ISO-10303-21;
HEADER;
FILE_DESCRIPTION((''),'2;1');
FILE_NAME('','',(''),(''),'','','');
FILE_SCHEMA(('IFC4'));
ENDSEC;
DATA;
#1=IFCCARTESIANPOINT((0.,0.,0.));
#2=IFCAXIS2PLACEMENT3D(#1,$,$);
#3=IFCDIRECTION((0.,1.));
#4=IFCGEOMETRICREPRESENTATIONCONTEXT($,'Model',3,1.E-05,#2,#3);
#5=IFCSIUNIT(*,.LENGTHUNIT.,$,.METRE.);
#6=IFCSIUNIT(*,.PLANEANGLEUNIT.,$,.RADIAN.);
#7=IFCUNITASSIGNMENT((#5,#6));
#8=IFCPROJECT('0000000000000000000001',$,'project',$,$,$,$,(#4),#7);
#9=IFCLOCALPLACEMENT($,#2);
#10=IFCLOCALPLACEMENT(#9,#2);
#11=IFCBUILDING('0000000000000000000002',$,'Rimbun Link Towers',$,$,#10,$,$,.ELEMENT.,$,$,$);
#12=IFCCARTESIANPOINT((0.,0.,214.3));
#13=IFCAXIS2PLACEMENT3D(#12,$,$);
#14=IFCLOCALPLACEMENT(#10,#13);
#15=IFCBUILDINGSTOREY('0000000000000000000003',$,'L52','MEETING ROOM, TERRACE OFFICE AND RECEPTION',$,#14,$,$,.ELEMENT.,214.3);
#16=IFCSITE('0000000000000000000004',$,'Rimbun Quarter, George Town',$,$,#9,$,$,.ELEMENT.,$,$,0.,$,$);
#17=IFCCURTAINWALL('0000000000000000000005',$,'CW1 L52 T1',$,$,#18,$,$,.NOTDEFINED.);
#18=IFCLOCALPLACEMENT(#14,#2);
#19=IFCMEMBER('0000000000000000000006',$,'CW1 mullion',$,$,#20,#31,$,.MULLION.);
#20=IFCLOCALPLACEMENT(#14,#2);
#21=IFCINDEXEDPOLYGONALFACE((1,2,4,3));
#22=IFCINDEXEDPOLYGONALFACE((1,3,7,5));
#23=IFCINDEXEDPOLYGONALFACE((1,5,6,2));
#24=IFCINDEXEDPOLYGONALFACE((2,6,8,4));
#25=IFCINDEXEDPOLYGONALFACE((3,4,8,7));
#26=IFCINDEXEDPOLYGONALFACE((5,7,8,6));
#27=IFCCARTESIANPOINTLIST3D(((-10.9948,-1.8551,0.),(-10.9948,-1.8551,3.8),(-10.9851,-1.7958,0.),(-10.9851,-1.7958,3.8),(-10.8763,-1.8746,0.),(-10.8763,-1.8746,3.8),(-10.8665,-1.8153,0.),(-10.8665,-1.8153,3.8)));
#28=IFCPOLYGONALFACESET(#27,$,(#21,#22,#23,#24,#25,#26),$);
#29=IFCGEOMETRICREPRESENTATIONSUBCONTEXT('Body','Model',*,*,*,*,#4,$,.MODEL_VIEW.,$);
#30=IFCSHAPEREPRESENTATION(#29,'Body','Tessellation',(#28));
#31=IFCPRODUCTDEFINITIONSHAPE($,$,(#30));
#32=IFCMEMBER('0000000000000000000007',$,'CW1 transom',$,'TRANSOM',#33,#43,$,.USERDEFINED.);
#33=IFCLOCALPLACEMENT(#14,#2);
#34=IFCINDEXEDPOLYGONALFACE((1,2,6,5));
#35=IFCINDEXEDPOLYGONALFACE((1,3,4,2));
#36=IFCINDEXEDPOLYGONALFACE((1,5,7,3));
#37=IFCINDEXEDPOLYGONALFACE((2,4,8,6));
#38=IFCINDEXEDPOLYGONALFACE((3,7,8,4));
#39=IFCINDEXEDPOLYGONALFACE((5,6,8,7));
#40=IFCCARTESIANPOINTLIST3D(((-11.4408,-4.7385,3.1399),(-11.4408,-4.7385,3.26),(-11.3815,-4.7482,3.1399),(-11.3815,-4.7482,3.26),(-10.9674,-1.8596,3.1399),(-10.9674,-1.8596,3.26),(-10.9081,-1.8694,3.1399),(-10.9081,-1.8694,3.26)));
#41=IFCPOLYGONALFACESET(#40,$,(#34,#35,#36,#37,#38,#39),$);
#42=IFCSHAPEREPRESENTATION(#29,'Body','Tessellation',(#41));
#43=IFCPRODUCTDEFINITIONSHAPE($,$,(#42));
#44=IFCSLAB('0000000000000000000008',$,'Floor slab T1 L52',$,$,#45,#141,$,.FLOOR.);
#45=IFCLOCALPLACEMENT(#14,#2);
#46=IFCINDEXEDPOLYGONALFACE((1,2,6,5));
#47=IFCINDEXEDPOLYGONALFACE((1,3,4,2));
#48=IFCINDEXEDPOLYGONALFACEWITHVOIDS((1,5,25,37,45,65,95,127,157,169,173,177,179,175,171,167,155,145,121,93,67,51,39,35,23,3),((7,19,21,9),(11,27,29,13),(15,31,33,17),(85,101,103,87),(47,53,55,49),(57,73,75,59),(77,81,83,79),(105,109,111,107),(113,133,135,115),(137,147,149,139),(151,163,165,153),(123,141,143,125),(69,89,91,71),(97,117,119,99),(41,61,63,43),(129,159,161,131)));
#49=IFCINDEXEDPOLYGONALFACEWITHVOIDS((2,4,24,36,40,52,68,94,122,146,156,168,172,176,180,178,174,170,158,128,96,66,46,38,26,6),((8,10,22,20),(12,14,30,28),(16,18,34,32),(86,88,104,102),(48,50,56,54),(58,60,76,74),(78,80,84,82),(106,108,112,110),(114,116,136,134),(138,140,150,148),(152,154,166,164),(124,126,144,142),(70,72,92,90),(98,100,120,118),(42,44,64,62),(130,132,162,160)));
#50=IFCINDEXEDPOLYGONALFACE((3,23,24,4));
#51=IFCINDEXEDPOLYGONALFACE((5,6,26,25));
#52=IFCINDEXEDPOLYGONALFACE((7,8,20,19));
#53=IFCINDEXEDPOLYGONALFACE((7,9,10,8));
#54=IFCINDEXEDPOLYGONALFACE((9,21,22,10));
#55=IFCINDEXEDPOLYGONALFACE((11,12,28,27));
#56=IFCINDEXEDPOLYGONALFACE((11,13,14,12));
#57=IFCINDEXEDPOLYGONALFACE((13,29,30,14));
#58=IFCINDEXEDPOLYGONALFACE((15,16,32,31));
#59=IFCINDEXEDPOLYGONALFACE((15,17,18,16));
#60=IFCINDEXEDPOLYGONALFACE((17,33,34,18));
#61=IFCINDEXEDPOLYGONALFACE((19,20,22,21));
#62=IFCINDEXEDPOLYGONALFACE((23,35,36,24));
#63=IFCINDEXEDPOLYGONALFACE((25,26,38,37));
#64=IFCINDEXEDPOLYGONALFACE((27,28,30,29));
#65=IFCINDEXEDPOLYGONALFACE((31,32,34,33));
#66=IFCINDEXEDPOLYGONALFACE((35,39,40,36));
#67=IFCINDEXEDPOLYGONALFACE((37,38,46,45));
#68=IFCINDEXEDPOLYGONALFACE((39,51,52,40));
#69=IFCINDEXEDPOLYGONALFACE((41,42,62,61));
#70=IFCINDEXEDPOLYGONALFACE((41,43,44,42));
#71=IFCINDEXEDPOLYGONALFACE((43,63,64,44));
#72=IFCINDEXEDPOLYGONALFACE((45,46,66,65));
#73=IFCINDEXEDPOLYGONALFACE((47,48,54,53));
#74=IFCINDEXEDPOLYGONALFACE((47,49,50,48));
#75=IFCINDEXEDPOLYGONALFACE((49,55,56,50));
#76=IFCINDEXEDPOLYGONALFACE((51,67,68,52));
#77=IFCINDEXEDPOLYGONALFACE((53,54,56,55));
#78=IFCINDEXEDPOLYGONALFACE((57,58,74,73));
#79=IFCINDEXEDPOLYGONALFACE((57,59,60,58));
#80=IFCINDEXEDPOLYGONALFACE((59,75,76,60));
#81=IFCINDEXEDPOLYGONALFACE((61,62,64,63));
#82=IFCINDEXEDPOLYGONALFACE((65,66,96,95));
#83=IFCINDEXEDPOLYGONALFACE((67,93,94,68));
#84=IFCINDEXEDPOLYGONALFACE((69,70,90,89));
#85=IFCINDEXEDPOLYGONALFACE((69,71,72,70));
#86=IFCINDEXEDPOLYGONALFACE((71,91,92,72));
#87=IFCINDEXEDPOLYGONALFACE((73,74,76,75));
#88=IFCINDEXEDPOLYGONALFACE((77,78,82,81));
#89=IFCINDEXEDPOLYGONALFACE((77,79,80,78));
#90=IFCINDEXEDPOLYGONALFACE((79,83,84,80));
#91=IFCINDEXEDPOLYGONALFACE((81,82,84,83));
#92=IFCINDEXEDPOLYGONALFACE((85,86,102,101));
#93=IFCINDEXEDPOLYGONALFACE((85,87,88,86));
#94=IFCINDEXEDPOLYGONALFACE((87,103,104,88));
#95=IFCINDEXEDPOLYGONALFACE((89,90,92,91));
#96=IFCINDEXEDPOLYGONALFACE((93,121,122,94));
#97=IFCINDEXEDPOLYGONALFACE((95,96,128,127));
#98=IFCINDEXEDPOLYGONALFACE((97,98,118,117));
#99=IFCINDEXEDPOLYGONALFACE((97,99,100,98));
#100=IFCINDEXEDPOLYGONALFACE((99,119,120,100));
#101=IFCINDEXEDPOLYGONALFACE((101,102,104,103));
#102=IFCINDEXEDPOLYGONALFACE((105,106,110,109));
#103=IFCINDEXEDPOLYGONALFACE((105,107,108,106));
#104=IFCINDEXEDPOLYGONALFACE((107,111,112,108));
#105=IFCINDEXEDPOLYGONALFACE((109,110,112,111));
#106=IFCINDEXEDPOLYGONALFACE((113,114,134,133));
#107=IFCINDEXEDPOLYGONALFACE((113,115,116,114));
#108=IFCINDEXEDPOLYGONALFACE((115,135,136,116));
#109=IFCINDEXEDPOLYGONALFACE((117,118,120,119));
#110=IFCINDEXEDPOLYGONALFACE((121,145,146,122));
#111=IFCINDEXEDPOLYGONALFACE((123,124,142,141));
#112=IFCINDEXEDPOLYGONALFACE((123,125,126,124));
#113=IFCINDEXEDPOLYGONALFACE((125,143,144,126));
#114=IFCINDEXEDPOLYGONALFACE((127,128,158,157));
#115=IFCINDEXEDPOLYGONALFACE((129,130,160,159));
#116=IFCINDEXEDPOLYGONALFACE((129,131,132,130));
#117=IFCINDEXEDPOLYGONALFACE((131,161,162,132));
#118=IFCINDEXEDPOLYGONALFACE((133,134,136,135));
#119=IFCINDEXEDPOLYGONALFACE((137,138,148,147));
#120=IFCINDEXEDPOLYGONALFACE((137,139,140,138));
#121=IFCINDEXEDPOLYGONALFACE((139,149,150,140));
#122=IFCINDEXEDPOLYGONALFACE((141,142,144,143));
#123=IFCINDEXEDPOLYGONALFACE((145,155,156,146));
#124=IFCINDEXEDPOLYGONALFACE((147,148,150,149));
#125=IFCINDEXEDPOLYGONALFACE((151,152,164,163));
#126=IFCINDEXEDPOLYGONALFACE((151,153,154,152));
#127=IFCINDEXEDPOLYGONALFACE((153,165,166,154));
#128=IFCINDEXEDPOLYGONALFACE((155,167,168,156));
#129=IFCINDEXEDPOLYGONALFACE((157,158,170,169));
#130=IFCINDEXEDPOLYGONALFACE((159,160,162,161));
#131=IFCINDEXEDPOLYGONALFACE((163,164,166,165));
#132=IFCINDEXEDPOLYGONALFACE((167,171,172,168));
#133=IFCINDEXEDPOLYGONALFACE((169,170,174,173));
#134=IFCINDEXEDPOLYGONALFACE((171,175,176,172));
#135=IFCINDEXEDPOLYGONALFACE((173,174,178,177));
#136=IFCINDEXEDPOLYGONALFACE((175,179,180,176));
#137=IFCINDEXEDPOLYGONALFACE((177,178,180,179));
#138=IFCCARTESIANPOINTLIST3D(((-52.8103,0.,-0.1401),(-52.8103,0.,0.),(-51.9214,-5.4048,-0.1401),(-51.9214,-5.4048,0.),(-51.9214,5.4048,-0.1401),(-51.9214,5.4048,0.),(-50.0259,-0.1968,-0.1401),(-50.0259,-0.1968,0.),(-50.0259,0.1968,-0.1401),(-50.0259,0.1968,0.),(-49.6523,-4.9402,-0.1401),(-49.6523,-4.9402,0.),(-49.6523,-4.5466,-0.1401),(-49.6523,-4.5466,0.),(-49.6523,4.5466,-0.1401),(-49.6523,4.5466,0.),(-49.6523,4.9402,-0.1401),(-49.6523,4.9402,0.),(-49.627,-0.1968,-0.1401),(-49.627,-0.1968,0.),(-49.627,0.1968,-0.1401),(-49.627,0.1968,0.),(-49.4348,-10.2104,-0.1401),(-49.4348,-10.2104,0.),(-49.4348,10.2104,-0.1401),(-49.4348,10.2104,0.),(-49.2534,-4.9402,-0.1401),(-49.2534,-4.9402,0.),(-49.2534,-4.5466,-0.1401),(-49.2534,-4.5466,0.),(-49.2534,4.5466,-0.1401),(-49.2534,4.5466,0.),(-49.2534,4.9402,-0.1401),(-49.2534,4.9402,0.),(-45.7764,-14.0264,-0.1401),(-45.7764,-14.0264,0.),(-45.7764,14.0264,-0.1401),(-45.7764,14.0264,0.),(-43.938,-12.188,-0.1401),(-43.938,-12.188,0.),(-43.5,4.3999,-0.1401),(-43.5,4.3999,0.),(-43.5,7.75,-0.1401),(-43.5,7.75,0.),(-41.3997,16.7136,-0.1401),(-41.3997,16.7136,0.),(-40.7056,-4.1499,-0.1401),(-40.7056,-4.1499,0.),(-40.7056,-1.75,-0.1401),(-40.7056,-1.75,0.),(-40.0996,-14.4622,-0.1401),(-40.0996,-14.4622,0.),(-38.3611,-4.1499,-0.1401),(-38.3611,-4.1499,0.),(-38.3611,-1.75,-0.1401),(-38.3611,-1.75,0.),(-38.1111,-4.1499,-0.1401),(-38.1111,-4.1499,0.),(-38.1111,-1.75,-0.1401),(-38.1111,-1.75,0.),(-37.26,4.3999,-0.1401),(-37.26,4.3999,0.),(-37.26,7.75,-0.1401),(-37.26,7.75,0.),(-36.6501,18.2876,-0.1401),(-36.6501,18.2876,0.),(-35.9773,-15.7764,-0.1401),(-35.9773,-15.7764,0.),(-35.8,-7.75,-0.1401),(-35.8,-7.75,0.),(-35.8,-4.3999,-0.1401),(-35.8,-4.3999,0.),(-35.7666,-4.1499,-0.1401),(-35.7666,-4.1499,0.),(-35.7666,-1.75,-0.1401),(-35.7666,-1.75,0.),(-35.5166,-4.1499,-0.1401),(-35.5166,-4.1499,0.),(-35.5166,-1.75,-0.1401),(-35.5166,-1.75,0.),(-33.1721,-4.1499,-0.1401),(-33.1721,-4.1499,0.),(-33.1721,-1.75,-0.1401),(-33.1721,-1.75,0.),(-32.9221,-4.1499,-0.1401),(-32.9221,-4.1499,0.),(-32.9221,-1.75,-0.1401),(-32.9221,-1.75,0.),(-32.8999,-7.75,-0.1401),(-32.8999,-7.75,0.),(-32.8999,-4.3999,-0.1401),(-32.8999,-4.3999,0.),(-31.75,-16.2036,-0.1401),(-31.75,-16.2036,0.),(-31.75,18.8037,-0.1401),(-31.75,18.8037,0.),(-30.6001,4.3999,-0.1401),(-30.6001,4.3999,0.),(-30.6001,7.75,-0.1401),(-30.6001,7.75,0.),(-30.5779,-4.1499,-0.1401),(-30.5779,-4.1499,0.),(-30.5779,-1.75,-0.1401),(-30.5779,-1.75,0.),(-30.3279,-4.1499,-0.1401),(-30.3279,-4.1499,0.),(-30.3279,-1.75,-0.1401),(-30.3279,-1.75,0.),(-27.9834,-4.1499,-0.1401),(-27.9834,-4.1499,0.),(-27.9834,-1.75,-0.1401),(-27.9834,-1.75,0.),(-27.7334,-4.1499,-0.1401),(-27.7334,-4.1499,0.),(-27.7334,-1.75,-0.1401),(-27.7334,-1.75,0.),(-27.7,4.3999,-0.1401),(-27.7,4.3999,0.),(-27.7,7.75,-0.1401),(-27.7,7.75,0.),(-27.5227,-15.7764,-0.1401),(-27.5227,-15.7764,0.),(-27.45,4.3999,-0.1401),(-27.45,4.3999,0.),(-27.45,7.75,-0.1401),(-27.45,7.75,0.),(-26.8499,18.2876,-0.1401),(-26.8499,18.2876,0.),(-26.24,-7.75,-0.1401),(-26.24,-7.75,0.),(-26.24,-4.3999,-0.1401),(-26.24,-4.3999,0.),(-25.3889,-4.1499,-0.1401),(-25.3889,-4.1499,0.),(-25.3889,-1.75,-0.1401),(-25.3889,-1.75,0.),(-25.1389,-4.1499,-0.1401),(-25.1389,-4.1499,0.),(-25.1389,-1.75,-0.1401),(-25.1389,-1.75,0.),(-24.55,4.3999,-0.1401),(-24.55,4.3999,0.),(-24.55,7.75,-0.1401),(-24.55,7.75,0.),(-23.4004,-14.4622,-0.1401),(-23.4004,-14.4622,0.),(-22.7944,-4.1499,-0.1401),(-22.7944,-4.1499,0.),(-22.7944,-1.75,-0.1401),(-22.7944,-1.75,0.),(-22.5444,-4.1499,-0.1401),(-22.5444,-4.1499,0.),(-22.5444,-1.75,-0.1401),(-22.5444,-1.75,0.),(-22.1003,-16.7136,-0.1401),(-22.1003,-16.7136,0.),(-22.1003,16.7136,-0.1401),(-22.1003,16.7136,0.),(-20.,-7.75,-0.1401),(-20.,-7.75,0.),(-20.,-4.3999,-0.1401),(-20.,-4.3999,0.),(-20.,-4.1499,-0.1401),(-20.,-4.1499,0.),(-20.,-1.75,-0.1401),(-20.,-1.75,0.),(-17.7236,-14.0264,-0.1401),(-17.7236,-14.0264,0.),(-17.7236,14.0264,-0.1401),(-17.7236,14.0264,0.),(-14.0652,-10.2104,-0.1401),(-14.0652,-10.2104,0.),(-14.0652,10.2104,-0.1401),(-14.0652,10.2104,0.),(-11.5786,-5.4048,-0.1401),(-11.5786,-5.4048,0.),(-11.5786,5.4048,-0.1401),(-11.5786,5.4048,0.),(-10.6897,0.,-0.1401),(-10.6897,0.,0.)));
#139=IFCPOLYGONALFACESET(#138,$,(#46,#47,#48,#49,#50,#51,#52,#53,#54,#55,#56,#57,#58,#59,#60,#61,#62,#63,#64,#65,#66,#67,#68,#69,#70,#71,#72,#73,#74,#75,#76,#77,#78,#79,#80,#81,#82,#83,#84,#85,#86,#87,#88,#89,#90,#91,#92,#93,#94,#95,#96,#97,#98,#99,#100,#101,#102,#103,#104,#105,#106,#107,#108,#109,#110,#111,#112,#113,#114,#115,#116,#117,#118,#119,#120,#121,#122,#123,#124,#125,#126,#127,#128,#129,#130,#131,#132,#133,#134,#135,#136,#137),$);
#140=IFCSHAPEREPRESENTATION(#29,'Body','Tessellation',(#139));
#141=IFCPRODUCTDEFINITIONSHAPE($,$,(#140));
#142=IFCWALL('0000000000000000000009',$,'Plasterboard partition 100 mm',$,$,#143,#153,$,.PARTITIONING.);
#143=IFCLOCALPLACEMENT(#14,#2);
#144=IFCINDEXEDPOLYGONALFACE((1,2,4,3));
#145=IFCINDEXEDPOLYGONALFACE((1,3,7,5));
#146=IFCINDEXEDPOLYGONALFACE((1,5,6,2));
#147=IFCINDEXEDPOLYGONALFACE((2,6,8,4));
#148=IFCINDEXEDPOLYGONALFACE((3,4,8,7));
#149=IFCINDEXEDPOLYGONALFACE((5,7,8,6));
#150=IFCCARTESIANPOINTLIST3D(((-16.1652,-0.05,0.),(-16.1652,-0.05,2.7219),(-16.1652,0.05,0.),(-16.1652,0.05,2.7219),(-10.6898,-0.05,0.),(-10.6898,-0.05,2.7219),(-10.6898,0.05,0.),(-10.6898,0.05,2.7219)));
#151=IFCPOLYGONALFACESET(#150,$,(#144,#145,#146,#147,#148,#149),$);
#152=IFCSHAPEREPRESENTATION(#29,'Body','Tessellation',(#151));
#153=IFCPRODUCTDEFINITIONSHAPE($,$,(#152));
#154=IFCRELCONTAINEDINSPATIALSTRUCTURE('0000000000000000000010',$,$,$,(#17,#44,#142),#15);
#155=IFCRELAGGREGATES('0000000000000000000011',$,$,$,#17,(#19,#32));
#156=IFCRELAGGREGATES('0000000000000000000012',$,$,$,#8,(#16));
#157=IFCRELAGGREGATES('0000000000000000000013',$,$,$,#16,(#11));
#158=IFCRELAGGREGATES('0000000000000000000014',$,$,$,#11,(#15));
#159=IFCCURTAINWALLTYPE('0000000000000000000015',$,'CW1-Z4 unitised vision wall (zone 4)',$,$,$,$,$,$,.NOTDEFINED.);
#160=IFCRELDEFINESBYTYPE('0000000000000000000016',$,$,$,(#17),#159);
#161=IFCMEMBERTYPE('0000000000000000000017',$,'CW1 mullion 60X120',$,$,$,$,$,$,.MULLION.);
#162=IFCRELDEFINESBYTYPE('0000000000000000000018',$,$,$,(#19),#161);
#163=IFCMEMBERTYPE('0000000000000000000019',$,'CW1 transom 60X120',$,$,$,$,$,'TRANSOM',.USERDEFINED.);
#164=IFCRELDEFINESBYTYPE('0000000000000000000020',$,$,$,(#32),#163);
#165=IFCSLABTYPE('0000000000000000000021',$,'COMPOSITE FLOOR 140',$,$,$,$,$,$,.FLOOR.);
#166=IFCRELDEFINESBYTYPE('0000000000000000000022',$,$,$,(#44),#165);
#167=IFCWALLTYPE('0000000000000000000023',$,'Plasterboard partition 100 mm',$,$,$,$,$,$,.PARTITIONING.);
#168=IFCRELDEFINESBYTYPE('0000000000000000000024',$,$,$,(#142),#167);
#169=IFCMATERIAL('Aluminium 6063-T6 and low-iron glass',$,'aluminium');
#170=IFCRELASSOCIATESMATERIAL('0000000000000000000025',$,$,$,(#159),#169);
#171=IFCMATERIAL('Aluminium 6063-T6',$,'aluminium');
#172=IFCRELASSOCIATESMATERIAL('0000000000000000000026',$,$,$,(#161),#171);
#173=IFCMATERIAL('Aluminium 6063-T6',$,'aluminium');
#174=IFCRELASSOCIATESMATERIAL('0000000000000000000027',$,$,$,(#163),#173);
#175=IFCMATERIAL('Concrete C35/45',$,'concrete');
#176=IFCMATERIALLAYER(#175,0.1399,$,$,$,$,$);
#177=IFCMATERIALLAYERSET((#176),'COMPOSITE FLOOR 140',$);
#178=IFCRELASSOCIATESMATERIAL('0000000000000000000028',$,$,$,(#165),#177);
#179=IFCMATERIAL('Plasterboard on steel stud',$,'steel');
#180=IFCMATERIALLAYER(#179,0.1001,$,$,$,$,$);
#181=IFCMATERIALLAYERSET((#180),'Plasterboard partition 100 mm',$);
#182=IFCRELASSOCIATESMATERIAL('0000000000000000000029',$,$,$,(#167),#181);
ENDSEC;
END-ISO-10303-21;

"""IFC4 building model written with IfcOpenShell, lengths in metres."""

from ifc_helpers import new_model, si_unit, direction, frame, frame_2d, origin, origin_2d, place, context, subcontext, project, spatial, polyline, rectangle, outline, extrude, material, layer, layer_set, material_profile, profile_set, type_object, element, aggregate, save


model = new_model("IFC4")

# Units and contexts
model_context = context("Model", 3, precision=1e-05, world=origin(), true_north=direction((0.0, 1.0)))
body_context = subcontext(model_context, "Body", "Model", "MODEL_VIEW")
ifc_project = project(units=[si_unit("LENGTHUNIT", "METRE"), si_unit("PLANEANGLEUNIT", "RADIAN")], contexts=[model_context])

# Site, building, storey
site_placement = place(None, origin())
site = spatial("IfcSite", under=ifc_project, at=site_placement, Name="Rimbun Quarter, George Town", CompositionType="ELEMENT", RefElevation=0.0)
building_placement = place(site_placement, origin())
building = spatial("IfcBuilding", under=site, at=building_placement, Name="Rimbun Link Towers", CompositionType="ELEMENT")
storey_placement = place(building_placement, frame((0.0, 0.0, 214.3)))
storey = spatial("IfcBuildingStorey", under=building, at=storey_placement, Name="L52", Description="MEETING ROOM, TERRACE OFFICE AND RECEPTION", CompositionType="ELEMENT", Elevation=214.3)

# Curtain wall, members
ifc_material_1 = material(Name="Aluminium 6063-T6 and low-iron glass", Category="aluminium")
curtain_wall_type = type_object("IfcCurtainWallType", Name="CW1-Z4 unitised vision wall (zone 4)", PredefinedType="NOTDEFINED", material=ifc_material_1)
curtain_wall_placement = place(storey_placement, origin())
curtain_wall = element("IfcCurtainWall", 1, at=curtain_wall_placement, inside=storey, type_object=curtain_wall_type, Name="CW1 L52 T1", PredefinedType="NOTDEFINED")
ifc_material_2 = material(Name="Aluminium 6063-T6", Category="aluminium")
ifc_material_profile_1 = material_profile(ifc_material_2, rectangle(XDim=0.1201, YDim=0.0601, at=origin_2d()), Name="MULLION 60X120")
ifc_profile_set_1 = profile_set([ifc_material_profile_1], Name="Aluminium 6063-T6")
member_type_1 = type_object("IfcMemberType", Name="CW1 mullion 60X120", PredefinedType="MULLION", material=ifc_profile_set_1)
member_1_placement = place(storey_placement, frame((-10.9307, -1.8352, 0.0), z_axis=(0.0, 0.0, 1.0), x_axis=(0.986747, -0.162264, 0.0)))
member_1 = element("IfcMember", 2, at=member_1_placement, type_object=member_type_1, Name="CW1 mullion", PredefinedType="MULLION", context=body_context, shape_type="SweptSolid", body=[
    extrude(rectangle(XDim=0.1201, YDim=0.0601, at=origin_2d()), origin(), (0.0, 0.0, 1.0), 3.8),
])
ifc_material_3 = material(Name="Aluminium 6063-T6", Category="aluminium")
ifc_material_profile_2 = material_profile(ifc_material_3, rectangle(XDim=0.0601, YDim=0.1201, at=origin_2d()), Name="TRANSOM 60X120")
ifc_profile_set_2 = profile_set([ifc_material_profile_2], Name="Aluminium 6063-T6")
member_type_2 = type_object("IfcMemberType", Name="CW1 transom 60X120", ElementType="TRANSOM", PredefinedType="USERDEFINED", material=ifc_profile_set_2)
member_2_placement = place(storey_placement, frame((-10.9377, -1.8645, 3.2), z_axis=(-0.162255, -0.986749, 0.0), x_axis=(0.986749, -0.162255, 0.0)))
member_2 = element("IfcMember", 3, at=member_2_placement, type_object=member_type_2, Name="CW1 transom", ObjectType="TRANSOM", PredefinedType="USERDEFINED", context=body_context, shape_type="SweptSolid", body=[
    extrude(rectangle(XDim=0.0601, YDim=0.1201, at=origin_2d()), origin(), (0.0, 0.0, 1.0), 2.9175),
])
aggregate(curtain_wall, [member_1, member_2])

# Slab
ifc_material_4 = material(Name="Concrete C35/45", Category="concrete")
ifc_layer_1 = layer(ifc_material_4, 0.1399)
ifc_layer_set_1 = layer_set([ifc_layer_1], Name="COMPOSITE FLOOR 140")
slab_type = type_object("IfcSlabType", Name="COMPOSITE FLOOR 140", PredefinedType="FLOOR", material=ifc_layer_set_1)
slab_placement = place(storey_placement, frame((0.0, 0.0, -0.1401)))
element("IfcSlab", 4, at=slab_placement, inside=storey, type_object=slab_type, Name="Floor slab T1 L52", PredefinedType="FLOOR", context=body_context, shape_type="SweptSolid", body=[
    extrude(outline(polyline([(-49.4348, -10.2104), (-51.9214, -5.4048), (-52.8103, 0.0), (-51.9214, 5.4048), (-49.4348, 10.2104), (-45.7764, 14.0264), (-41.3997, 16.7136), (-36.6501, 18.2876), (-31.75, 18.8037), (-26.8499, 18.2876), (-22.1003, 16.7136), (-17.7236, 14.0264), (-14.0652, 10.2104), (-11.5786, 5.4048), (-10.6897, 0.0), (-11.5786, -5.4048), (-14.0652, -10.2104), (-17.7236, -14.0264), (-22.1003, -16.7136), (-23.4004, -14.4622), (-27.5227, -15.7764), (-31.75, -16.2036), (-35.9773, -15.7764), (-40.0996, -14.4622), (-43.938, -12.188), (-45.7764, -14.0264), (-49.4348, -10.2104)]), holes=[polyline([(-32.8999, -7.75), (-32.8999, -4.3999), (-35.8, -4.3999), (-35.8, -7.75), (-32.8999, -7.75)]), polyline([(-49.2534, -4.9402), (-49.2534, -4.5466), (-49.6523, -4.5466), (-49.6523, -4.9402), (-49.2534, -4.9402)]), polyline([(-38.3611, -4.1499), (-38.3611, -1.75), (-40.7056, -1.75), (-40.7056, -4.1499), (-38.3611, -4.1499)]), polyline([(-35.7666, -4.1499), (-35.7666, -1.75), (-38.1111, -1.75), (-38.1111, -4.1499), (-35.7666, -4.1499)]), polyline([(-33.1721, -4.1499), (-33.1721, -1.75), (-35.5166, -1.75), (-35.5166, -4.1499), (-33.1721, -4.1499)]), polyline([(-49.627, -0.1968), (-49.627, 0.1968), (-50.0259, 0.1968), (-50.0259, -0.1968), (-49.627, -0.1968)]), polyline([(-49.2534, 4.5466), (-49.2534, 4.9402), (-49.6523, 4.9402), (-49.6523, 4.5466), (-49.2534, 4.5466)]), polyline([(-37.26, 4.3999), (-37.26, 7.75), (-43.5, 7.75), (-43.5, 4.3999), (-37.26, 4.3999)]), polyline([(-20.0, -7.75), (-20.0, -4.3999), (-26.24, -4.3999), (-26.24, -7.75), (-20.0, -7.75)]), polyline([(-30.5779, -4.1499), (-30.5779, -1.75), (-32.9221, -1.75), (-32.9221, -4.1499), (-30.5779, -4.1499)]), polyline([(-27.9834, -4.1499), (-27.9834, -1.75), (-30.3279, -1.75), (-30.3279, -4.1499), (-27.9834, -4.1499)]), polyline([(-25.3889, -4.1499), (-25.3889, -1.75), (-27.7334, -1.75), (-27.7334, -4.1499), (-25.3889, -4.1499)]), polyline([(-22.7944, -4.1499), (-22.7944, -1.75), (-25.1389, -1.75), (-25.1389, -4.1499), (-22.7944, -4.1499)]), polyline([(-20.0, -4.1499), (-20.0, -1.75), (-22.5444, -1.75), (-22.5444, -4.1499), (-20.0, -4.1499)]), polyline([(-27.7, 4.3999), (-27.7, 7.75), (-30.6001, 7.75), (-30.6001, 4.3999), (-27.7, 4.3999)]), polyline([(-24.55, 4.3999), (-24.55, 7.75), (-27.45, 7.75), (-27.45, 4.3999), (-24.55, 4.3999)])]), origin(), (0.0, 0.0, 1.0), 0.1401),
])

# Wall
ifc_material_5 = material(Name="Plasterboard on steel stud", Category="steel")
ifc_layer_2 = layer(ifc_material_5, 0.1001)
ifc_layer_set_2 = layer_set([ifc_layer_2], Name="Plasterboard partition 100 mm")
wall_type = type_object("IfcWallType", Name="Plasterboard partition 100 mm", PredefinedType="PARTITIONING", material=ifc_layer_set_2)
wall_placement = place(storey_placement, frame((-10.6897, 0.0, 0.0), z_axis=(0.0, 0.0, 1.0), x_axis=(-1.0, 0.0, 0.0)))
element("IfcWall", 5, at=wall_placement, inside=storey, type_object=wall_type, Name="Plasterboard partition 100 mm", PredefinedType="PARTITIONING", context=body_context, shape_type="SweptSolid", body=[
    extrude(rectangle(XDim=5.4753, YDim=0.1001, at=frame_2d((2.7378, 0.0))), origin(), (0.0, 0.0, 1.0), 2.7219),
])

save(model, "model.ifc")
